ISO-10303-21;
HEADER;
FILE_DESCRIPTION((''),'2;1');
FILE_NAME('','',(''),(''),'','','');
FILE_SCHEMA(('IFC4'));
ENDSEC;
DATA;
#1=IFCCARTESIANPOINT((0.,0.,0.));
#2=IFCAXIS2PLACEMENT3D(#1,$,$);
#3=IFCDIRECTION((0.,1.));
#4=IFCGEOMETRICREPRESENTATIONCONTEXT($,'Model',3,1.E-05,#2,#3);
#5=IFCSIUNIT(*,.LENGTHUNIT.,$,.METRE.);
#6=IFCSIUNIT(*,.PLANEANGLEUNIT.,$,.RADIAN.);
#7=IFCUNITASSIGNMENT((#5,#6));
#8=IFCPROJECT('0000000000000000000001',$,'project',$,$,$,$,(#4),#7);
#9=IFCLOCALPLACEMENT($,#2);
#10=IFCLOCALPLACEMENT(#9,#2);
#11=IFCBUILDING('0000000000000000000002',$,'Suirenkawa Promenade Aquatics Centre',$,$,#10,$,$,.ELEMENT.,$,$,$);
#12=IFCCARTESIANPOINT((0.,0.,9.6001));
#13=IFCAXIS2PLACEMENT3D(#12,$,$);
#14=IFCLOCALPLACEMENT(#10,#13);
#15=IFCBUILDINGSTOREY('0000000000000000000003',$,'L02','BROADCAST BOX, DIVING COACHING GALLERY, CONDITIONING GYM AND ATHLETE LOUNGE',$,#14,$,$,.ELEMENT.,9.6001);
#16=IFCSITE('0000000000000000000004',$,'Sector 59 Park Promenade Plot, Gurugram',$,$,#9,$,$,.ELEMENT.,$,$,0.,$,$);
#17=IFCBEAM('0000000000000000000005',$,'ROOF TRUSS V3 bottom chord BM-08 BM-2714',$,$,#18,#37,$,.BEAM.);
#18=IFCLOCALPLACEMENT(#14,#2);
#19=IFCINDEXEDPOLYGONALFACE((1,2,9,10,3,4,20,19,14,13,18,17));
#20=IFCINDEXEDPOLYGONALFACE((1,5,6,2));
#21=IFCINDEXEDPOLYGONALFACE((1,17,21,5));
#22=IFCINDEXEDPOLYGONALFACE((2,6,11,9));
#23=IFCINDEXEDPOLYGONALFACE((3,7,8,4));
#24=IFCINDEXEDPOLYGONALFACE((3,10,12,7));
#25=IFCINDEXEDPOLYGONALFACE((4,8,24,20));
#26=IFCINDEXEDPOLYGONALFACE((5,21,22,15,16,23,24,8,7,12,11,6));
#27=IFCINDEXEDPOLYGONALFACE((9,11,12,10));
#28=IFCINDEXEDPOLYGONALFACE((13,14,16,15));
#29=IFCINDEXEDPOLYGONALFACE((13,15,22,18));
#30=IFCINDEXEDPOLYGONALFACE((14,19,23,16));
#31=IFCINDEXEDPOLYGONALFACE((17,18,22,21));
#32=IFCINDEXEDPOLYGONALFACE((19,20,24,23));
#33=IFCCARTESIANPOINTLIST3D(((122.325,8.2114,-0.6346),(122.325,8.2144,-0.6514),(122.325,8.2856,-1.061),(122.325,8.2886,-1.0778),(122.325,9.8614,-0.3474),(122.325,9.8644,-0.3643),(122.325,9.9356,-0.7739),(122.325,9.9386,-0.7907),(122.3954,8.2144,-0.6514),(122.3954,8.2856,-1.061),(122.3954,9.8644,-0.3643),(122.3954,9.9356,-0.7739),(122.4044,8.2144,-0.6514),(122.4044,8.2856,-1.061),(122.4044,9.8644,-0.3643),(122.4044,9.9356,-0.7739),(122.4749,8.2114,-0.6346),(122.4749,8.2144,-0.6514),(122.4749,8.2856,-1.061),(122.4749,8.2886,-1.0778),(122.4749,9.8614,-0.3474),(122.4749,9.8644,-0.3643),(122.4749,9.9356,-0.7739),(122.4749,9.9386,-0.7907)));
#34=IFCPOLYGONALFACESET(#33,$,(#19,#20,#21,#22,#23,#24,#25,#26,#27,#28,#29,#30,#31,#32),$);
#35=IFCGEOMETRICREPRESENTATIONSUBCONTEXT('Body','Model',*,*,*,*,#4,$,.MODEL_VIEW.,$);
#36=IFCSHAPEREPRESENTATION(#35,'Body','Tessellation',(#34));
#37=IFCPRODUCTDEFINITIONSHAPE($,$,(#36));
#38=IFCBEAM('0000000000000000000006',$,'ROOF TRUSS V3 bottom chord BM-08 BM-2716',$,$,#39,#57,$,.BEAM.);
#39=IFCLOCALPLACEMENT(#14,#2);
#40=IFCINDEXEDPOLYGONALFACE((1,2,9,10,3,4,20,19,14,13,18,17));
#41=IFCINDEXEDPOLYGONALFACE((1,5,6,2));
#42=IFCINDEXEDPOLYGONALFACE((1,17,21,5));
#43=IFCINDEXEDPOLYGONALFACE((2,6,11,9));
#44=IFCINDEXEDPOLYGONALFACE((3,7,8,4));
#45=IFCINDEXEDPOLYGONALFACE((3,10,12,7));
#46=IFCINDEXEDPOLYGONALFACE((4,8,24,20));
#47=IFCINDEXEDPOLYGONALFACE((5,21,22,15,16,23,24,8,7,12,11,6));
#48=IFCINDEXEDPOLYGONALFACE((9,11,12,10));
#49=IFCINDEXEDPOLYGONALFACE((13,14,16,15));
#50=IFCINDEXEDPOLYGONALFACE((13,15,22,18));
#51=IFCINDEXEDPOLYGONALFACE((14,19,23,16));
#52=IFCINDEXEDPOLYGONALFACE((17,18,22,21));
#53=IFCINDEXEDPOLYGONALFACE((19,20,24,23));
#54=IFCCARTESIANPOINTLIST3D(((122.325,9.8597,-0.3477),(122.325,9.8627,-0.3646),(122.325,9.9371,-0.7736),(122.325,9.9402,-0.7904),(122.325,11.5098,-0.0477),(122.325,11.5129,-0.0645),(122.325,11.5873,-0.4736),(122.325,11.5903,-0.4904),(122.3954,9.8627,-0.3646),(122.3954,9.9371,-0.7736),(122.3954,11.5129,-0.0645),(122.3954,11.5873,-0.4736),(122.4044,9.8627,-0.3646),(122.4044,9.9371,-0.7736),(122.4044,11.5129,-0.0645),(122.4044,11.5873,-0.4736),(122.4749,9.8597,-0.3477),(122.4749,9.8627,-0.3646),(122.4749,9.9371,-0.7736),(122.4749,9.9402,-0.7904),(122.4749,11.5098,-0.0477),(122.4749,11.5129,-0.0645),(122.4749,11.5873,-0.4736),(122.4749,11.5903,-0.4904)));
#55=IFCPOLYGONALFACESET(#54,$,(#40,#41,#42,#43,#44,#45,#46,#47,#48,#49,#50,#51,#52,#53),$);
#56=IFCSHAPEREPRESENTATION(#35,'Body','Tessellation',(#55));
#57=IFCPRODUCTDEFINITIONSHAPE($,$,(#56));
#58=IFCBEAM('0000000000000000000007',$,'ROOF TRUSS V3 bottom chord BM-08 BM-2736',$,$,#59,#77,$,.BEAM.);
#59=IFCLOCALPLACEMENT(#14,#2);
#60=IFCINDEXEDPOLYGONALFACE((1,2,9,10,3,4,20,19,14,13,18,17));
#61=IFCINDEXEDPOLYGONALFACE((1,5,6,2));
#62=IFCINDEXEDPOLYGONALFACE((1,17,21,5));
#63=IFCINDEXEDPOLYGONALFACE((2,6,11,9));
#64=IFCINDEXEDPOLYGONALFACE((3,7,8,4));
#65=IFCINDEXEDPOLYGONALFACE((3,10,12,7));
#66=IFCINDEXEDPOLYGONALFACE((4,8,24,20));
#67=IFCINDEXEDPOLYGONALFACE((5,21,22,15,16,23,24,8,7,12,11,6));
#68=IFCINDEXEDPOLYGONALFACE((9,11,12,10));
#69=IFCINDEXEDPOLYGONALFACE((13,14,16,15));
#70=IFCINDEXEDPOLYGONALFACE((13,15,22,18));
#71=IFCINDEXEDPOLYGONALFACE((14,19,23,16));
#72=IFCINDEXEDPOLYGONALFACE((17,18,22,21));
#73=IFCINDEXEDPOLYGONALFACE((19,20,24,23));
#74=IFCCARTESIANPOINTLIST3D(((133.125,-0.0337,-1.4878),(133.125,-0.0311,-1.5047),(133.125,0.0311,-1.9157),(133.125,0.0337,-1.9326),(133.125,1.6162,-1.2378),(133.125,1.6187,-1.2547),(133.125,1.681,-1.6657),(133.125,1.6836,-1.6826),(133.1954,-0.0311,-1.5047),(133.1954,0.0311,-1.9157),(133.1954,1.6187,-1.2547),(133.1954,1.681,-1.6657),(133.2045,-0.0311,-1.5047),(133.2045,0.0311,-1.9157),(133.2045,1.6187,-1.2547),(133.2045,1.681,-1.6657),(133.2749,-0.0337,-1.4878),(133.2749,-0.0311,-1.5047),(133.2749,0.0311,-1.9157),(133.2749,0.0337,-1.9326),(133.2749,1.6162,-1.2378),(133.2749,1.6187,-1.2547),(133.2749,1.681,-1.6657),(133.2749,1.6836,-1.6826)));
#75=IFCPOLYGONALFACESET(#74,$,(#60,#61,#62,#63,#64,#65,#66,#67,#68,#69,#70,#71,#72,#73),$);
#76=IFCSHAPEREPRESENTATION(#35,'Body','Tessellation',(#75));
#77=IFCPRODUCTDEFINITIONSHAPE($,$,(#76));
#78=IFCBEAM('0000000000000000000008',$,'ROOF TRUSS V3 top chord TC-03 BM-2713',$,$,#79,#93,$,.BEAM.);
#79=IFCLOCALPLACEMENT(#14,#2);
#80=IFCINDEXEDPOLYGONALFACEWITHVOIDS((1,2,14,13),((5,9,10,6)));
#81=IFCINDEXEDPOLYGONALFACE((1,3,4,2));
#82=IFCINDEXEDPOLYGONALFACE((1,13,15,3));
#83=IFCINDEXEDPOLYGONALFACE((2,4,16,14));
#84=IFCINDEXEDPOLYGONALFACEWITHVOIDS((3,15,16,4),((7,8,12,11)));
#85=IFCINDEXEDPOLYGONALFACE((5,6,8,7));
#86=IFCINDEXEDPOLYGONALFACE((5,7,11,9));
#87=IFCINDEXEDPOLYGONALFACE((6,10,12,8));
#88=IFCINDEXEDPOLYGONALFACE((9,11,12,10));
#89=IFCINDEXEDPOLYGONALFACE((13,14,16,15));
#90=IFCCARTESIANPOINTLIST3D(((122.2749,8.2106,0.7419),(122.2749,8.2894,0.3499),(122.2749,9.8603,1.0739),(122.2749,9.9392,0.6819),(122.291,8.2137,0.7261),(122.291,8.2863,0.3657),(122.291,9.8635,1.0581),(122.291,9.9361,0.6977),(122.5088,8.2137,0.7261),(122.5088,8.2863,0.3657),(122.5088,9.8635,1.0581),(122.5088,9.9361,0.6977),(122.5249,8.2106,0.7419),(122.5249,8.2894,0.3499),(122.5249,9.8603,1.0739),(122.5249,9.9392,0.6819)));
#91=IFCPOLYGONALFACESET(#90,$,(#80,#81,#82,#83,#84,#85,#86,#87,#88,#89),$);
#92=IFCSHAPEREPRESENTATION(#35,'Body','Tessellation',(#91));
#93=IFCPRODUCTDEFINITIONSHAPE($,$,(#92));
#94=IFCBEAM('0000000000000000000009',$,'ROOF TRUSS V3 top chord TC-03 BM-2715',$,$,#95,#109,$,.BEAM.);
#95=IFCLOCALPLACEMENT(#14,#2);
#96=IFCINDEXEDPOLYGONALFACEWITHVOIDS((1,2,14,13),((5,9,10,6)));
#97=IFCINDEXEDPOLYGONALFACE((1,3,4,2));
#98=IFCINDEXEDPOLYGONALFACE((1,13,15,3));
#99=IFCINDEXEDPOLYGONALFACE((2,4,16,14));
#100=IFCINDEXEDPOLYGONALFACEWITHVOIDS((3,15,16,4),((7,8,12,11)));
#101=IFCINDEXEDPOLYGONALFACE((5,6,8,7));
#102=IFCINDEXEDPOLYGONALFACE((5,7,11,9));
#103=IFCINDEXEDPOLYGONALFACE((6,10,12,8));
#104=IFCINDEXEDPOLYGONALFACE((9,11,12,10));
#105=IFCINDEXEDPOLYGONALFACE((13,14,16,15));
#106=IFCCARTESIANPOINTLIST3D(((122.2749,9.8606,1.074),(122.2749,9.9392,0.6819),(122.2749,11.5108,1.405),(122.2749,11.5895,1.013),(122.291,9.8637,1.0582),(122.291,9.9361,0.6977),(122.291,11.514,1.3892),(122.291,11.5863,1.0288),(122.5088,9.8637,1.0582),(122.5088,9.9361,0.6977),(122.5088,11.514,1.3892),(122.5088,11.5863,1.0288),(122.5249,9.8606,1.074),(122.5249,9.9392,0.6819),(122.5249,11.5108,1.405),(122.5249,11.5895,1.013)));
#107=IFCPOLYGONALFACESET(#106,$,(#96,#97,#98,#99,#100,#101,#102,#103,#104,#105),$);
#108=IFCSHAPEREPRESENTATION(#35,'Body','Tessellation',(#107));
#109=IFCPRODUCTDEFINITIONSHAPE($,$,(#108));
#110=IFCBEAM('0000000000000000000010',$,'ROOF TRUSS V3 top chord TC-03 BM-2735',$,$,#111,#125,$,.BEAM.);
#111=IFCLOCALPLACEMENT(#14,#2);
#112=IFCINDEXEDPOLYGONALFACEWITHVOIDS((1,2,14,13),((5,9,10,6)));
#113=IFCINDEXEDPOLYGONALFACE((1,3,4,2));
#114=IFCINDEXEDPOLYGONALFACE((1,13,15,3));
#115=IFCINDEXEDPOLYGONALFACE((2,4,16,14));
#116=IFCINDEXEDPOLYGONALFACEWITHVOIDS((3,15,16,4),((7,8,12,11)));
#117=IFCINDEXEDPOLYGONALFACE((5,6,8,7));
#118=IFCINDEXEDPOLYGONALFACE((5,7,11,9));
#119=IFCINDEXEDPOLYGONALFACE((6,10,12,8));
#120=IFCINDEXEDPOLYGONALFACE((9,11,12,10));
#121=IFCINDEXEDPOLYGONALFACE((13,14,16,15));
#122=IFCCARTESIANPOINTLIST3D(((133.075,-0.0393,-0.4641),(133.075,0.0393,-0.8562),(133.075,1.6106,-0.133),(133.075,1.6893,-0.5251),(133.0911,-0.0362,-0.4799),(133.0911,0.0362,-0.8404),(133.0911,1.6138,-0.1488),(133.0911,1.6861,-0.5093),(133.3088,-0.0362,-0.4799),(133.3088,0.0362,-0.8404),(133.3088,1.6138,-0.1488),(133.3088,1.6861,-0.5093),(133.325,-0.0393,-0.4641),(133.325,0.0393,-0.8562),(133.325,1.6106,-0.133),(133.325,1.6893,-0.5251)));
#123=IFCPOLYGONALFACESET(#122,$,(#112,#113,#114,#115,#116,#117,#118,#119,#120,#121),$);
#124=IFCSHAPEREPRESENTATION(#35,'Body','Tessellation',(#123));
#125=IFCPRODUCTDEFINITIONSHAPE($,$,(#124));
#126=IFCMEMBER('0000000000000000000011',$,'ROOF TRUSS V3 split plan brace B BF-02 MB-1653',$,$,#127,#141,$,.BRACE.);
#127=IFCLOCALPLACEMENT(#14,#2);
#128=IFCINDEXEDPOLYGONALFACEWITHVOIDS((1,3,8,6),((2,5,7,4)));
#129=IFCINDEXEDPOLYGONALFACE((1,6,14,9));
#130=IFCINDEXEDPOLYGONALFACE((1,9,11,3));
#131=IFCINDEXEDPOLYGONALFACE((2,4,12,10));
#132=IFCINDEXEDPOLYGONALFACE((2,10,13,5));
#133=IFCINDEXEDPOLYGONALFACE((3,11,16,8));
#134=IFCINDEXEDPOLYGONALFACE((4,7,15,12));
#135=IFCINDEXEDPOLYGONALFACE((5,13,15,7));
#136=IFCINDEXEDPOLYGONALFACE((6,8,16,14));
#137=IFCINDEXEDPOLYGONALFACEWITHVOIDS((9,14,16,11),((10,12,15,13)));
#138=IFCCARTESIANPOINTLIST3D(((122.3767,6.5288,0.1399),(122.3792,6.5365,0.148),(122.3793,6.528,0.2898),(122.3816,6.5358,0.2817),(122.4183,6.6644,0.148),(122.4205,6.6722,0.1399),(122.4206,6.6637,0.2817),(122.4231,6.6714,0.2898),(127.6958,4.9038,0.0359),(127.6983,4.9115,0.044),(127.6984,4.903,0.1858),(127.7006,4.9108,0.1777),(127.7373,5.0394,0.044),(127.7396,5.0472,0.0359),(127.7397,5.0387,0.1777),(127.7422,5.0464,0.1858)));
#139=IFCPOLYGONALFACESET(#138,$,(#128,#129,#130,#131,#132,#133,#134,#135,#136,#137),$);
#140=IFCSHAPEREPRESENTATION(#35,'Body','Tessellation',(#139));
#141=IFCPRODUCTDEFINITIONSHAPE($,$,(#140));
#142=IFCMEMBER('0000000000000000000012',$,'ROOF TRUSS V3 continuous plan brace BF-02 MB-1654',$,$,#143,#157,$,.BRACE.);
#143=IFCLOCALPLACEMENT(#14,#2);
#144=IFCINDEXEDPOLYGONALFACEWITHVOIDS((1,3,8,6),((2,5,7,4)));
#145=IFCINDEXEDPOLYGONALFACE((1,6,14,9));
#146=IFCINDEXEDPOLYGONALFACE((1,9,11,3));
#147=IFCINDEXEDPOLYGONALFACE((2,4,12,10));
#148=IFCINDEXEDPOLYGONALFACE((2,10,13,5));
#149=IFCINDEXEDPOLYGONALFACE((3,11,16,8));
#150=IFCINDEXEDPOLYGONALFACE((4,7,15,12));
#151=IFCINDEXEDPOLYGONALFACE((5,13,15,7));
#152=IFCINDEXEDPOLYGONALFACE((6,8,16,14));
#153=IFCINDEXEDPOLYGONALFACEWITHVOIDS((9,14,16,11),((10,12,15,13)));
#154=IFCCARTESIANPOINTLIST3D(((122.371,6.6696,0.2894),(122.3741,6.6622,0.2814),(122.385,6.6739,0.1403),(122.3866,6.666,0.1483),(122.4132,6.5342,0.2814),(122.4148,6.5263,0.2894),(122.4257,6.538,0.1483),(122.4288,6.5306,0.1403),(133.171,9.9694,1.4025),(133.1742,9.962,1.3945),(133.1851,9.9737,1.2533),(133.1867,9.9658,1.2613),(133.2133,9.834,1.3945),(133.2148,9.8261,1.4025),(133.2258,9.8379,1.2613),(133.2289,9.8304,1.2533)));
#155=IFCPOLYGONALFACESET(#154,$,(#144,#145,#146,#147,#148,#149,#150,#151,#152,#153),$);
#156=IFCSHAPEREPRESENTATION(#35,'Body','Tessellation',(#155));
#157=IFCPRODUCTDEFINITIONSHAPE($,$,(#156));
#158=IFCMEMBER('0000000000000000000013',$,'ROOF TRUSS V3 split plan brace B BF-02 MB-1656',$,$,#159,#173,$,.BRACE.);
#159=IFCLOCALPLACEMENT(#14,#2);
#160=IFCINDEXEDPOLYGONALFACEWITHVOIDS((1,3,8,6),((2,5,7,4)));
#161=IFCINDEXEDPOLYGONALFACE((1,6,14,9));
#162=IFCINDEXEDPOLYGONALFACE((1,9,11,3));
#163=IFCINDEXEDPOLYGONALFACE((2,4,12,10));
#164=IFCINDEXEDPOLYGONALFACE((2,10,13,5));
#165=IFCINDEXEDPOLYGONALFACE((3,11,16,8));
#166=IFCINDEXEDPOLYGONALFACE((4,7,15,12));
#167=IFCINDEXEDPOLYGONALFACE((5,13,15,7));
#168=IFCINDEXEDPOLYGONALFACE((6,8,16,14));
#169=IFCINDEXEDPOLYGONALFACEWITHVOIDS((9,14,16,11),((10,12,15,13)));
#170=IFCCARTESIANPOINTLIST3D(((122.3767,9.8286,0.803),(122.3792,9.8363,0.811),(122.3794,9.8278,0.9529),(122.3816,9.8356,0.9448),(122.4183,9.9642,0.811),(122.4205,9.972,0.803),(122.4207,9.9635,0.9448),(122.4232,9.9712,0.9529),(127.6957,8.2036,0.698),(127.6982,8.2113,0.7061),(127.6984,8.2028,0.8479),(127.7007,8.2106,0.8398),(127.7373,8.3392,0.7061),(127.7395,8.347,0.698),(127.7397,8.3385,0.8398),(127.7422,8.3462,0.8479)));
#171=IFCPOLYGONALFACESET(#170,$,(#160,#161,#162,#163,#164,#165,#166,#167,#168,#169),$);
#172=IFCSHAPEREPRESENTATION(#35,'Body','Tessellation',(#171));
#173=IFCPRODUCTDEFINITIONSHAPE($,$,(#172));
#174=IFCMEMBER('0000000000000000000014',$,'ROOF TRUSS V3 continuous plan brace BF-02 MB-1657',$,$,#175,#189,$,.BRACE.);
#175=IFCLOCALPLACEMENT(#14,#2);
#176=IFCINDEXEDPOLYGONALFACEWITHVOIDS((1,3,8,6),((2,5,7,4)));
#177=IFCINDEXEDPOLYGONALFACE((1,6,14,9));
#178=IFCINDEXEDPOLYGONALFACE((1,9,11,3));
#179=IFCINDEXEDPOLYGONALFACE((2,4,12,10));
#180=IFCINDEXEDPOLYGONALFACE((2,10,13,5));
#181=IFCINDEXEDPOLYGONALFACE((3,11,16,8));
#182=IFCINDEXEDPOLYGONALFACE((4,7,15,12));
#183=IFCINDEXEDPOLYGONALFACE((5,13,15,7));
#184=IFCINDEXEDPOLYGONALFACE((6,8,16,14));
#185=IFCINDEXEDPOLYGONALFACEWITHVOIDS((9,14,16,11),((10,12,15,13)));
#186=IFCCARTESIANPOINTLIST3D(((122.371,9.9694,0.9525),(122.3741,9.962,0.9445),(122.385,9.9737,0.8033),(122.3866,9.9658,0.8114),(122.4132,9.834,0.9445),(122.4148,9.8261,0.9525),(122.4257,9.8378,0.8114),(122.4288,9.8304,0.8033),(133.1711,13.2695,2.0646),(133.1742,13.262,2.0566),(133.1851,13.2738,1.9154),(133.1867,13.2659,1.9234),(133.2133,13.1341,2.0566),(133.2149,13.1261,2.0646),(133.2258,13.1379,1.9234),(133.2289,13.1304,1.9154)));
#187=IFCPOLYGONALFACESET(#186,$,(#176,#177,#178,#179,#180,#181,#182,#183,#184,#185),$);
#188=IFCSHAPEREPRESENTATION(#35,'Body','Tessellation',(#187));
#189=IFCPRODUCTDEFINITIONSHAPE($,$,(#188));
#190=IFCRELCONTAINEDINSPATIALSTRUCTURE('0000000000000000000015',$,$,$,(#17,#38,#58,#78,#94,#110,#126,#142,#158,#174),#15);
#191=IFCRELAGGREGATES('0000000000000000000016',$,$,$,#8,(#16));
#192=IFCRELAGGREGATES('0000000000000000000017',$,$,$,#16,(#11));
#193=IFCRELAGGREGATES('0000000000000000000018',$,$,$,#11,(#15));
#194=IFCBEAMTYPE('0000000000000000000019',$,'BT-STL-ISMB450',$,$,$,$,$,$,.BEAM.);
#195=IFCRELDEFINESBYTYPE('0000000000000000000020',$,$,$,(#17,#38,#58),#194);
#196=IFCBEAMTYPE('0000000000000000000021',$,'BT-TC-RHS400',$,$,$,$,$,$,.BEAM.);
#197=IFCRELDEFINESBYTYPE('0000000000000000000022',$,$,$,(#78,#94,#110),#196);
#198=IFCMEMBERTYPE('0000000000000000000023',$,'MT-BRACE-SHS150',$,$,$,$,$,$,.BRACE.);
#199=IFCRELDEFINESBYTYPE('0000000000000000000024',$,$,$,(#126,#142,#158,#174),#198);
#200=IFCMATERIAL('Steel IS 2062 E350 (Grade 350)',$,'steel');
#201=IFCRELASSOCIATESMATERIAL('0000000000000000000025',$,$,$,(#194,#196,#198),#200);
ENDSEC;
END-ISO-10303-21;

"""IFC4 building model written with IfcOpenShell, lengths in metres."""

from ifc_helpers import new_model, si_unit, direction, frame, origin, origin_2d, place, context, subcontext, project, spatial, hollow_rectangle, i_section, extrude, material, material_profile, profile_set, type_object, element, save


model = new_model("IFC4")

# Units and contexts
model_context = context("Model", 3, precision=1e-05, world=origin(), true_north=direction((0.0, 1.0)))
body_context = subcontext(model_context, "Body", "Model", "MODEL_VIEW")
ifc_project = project(units=[si_unit("LENGTHUNIT", "METRE"), si_unit("PLANEANGLEUNIT", "RADIAN")], contexts=[model_context])

# Site, building, storey
site_placement = place(None, origin())
site = spatial("IfcSite", under=ifc_project, at=site_placement, Name="Sector 59 Park Promenade Plot, Gurugram", CompositionType="ELEMENT", RefElevation=0.0)
building_placement = place(site_placement, origin())
building = spatial("IfcBuilding", under=site, at=building_placement, Name="Suirenkawa Promenade Aquatics Centre", CompositionType="ELEMENT")
storey_placement = place(building_placement, frame((0.0, 0.0, 9.6001)))
storey = spatial("IfcBuildingStorey", under=building, at=storey_placement, Name="L02", Description="BROADCAST BOX, DIVING COACHING GALLERY, CONDITIONING GYM AND ATHLETE LOUNGE", CompositionType="ELEMENT", Elevation=9.6001)

# Beams
ifc_material_1 = material(Name="Steel IS 2062 E350 (Grade 350)", Category="steel")
ifc_material_profile_1 = material_profile(ifc_material_1, i_section(OverallWidth=0.1499, OverallDepth=0.45, WebThickness=0.009, FlangeThickness=0.0171, at=origin_2d()), Name="ISMB 450", Category="steel")
ifc_profile_set_1 = profile_set([ifc_material_profile_1], Name="Steel IS 2062 E350 (Grade 350)")
beam_type_1 = type_object("IfcBeamType", Name="BT-STL-ISMB450", PredefinedType="BEAM", material=ifc_profile_set_1)
beam_1_placement = place(storey_placement, frame((122.3999, 8.25, -0.8562), z_axis=(0.0, 0.985195, 0.17144), x_axis=(-1.0, 0.0, 0.0)))
element("IfcBeam", 1, at=beam_1_placement, inside=storey, type_object=beam_type_1, Name="ROOF TRUSS V3 bottom chord BM-08 BM-2714", PredefinedType="BEAM", context=body_context, shape_type="SweptSolid", body=[
    extrude(i_section(OverallWidth=0.1499, OverallDepth=0.45, WebThickness=0.009, FlangeThickness=0.0171, at=origin_2d()), origin(), (0.0, 0.0, 1.0), 1.6748),
])
beam_2_placement = place(storey_placement, frame((122.3999, 9.8999, -0.5691), z_axis=(0.0, 0.983868, 0.178898), x_axis=(-1.0, 0.0, 0.0)))
element("IfcBeam", 2, at=beam_2_placement, inside=storey, type_object=beam_type_1, Name="ROOF TRUSS V3 bottom chord BM-08 BM-2716", PredefinedType="BEAM", context=body_context, shape_type="SweptSolid", body=[
    extrude(i_section(OverallWidth=0.1499, OverallDepth=0.45, WebThickness=0.009, FlangeThickness=0.0171, at=origin_2d()), origin(), (0.0, 0.0, 1.0), 1.6772),
])
beam_3_placement = place(storey_placement, frame((133.2, 0.0, -1.7102), z_axis=(0.0, 0.988714, 0.149814), x_axis=(-1.0, 0.0, 0.0)))
element("IfcBeam", 3, at=beam_3_placement, inside=storey, type_object=beam_type_1, Name="ROOF TRUSS V3 bottom chord BM-08 BM-2736", PredefinedType="BEAM", context=body_context, shape_type="SweptSolid", body=[
    extrude(i_section(OverallWidth=0.1499, OverallDepth=0.45, WebThickness=0.009, FlangeThickness=0.0171, at=origin_2d()), origin(), (0.0, 0.0, 1.0), 1.6687),
])
ifc_material_profile_2 = material_profile(ifc_material_1, hollow_rectangle(XDim=0.25, YDim=0.3999, WallThickness=0.0161, at=origin_2d()), Name="RHS 400x250x16", Category="steel")
ifc_profile_set_2 = profile_set([ifc_material_profile_2], Name="Steel IS 2062 E350 (Grade 350)")
beam_type_2 = type_object("IfcBeamType", Name="BT-TC-RHS400", PredefinedType="BEAM", material=ifc_profile_set_2)
beam_4_placement = place(storey_placement, frame((122.3999, 8.25, 0.5459), z_axis=(0.0, 0.980346, 0.197288), x_axis=(-1.0, 0.0, 0.0)))
element("IfcBeam", 4, at=beam_4_placement, inside=storey, type_object=beam_type_2, Name="ROOF TRUSS V3 top chord TC-03 BM-2713", PredefinedType="BEAM", context=body_context, shape_type="SweptSolid", body=[
    extrude(hollow_rectangle(XDim=0.25, YDim=0.3999, WallThickness=0.0161, at=origin_2d()), origin(), (0.0, 0.0, 1.0), 1.6829),
])
beam_5_placement = place(storey_placement, frame((122.3999, 9.8999, 0.8779), z_axis=(0.0, 0.980463, 0.196702), x_axis=(-1.0, 0.0, 0.0)))
element("IfcBeam", 5, at=beam_5_placement, inside=storey, type_object=beam_type_2, Name="ROOF TRUSS V3 top chord TC-03 BM-2715", PredefinedType="BEAM", context=body_context, shape_type="SweptSolid", body=[
    extrude(hollow_rectangle(XDim=0.25, YDim=0.3999, WallThickness=0.0161, at=origin_2d()), origin(), (0.0, 0.0, 1.0), 1.6831),
])
beam_6_placement = place(storey_placement, frame((133.2, 0.0, -0.6602), z_axis=(0.0, 0.980458, 0.19673), x_axis=(-1.0, 0.0, 0.0)))
element("IfcBeam", 6, at=beam_6_placement, inside=storey, type_object=beam_type_2, Name="ROOF TRUSS V3 top chord TC-03 BM-2735", PredefinedType="BEAM", context=body_context, shape_type="SweptSolid", body=[
    extrude(hollow_rectangle(XDim=0.25, YDim=0.3999, WallThickness=0.0161, at=origin_2d()), origin(), (0.0, 0.0, 1.0), 1.6829),
])

# Members
ifc_material_profile_3 = material_profile(ifc_material_1, hollow_rectangle(XDim=0.1499, YDim=0.1499, WallThickness=0.0081, at=origin_2d()), Name="SHS 150x150x8", Category="steel")
ifc_profile_set_3 = profile_set([ifc_material_profile_3], Name="Steel IS 2062 E350 (Grade 350)")
member_type_1 = type_object("IfcMemberType", Name="MT-BRACE-SHS150", PredefinedType="BRACE", material=ifc_profile_set_3)
member_1_placement = place(storey_placement, frame((127.719, 4.9751, 0.1108), z_axis=(-0.956198, 0.292122, 0.018696), x_axis=(-0.292173, -0.956366, 0.0)))
element("IfcMember", 7, at=member_1_placement, inside=storey, type_object=member_type_1, Name="ROOF TRUSS V3 split plan brace B BF-02 MB-1653", PredefinedType="BRACE", context=body_context, shape_type="SweptSolid", body=[
    extrude(hollow_rectangle(XDim=0.1499, YDim=0.1499, WallThickness=0.0081, at=origin_2d()), origin(), (0.0, 0.0, 1.0), 5.5627),
])
member_2_placement = place(storey_placement, frame((122.3999, 6.6001, 0.2148), z_axis=(0.951745, 0.290793, 0.098085), x_axis=(-0.292202, 0.956357, 0.0)))
element("IfcMember", 8, at=member_2_placement, inside=storey, type_object=member_type_1, Name="ROOF TRUSS V3 continuous plan brace BF-02 MB-1654", PredefinedType="BRACE", context=body_context, shape_type="SweptSolid", body=[
    extrude(hollow_rectangle(XDim=0.1499, YDim=0.1499, WallThickness=0.0081, at=origin_2d()), origin(), (0.0, 0.0, 1.0), 11.3477),
])
member_3_placement = place(storey_placement, frame((127.719, 8.2749, 0.7729), z_axis=(-0.956195, 0.292121, 0.018872), x_axis=(-0.292173, -0.956366, 0.0)))
element("IfcMember", 9, at=member_3_placement, inside=storey, type_object=member_type_1, Name="ROOF TRUSS V3 split plan brace B BF-02 MB-1656", PredefinedType="BRACE", context=body_context, shape_type="SweptSolid", body=[
    extrude(hollow_rectangle(XDim=0.1499, YDim=0.1499, WallThickness=0.0081, at=origin_2d()), origin(), (0.0, 0.0, 1.0), 5.5627),
])
member_4_placement = place(storey_placement, frame((122.3999, 9.8999, 0.8779), z_axis=(0.951747, 0.290815, 0.098), x_axis=(-0.292221, 0.956351, 0.0)))
element("IfcMember", 10, at=member_4_placement, inside=storey, type_object=member_type_1, Name="ROOF TRUSS V3 continuous plan brace BF-02 MB-1657", PredefinedType="BRACE", context=body_context, shape_type="SweptSolid", body=[
    extrude(hollow_rectangle(XDim=0.1499, YDim=0.1499, WallThickness=0.0081, at=origin_2d()), origin(), (0.0, 0.0, 1.0), 11.3477),
])

save(model, "model.ifc")
